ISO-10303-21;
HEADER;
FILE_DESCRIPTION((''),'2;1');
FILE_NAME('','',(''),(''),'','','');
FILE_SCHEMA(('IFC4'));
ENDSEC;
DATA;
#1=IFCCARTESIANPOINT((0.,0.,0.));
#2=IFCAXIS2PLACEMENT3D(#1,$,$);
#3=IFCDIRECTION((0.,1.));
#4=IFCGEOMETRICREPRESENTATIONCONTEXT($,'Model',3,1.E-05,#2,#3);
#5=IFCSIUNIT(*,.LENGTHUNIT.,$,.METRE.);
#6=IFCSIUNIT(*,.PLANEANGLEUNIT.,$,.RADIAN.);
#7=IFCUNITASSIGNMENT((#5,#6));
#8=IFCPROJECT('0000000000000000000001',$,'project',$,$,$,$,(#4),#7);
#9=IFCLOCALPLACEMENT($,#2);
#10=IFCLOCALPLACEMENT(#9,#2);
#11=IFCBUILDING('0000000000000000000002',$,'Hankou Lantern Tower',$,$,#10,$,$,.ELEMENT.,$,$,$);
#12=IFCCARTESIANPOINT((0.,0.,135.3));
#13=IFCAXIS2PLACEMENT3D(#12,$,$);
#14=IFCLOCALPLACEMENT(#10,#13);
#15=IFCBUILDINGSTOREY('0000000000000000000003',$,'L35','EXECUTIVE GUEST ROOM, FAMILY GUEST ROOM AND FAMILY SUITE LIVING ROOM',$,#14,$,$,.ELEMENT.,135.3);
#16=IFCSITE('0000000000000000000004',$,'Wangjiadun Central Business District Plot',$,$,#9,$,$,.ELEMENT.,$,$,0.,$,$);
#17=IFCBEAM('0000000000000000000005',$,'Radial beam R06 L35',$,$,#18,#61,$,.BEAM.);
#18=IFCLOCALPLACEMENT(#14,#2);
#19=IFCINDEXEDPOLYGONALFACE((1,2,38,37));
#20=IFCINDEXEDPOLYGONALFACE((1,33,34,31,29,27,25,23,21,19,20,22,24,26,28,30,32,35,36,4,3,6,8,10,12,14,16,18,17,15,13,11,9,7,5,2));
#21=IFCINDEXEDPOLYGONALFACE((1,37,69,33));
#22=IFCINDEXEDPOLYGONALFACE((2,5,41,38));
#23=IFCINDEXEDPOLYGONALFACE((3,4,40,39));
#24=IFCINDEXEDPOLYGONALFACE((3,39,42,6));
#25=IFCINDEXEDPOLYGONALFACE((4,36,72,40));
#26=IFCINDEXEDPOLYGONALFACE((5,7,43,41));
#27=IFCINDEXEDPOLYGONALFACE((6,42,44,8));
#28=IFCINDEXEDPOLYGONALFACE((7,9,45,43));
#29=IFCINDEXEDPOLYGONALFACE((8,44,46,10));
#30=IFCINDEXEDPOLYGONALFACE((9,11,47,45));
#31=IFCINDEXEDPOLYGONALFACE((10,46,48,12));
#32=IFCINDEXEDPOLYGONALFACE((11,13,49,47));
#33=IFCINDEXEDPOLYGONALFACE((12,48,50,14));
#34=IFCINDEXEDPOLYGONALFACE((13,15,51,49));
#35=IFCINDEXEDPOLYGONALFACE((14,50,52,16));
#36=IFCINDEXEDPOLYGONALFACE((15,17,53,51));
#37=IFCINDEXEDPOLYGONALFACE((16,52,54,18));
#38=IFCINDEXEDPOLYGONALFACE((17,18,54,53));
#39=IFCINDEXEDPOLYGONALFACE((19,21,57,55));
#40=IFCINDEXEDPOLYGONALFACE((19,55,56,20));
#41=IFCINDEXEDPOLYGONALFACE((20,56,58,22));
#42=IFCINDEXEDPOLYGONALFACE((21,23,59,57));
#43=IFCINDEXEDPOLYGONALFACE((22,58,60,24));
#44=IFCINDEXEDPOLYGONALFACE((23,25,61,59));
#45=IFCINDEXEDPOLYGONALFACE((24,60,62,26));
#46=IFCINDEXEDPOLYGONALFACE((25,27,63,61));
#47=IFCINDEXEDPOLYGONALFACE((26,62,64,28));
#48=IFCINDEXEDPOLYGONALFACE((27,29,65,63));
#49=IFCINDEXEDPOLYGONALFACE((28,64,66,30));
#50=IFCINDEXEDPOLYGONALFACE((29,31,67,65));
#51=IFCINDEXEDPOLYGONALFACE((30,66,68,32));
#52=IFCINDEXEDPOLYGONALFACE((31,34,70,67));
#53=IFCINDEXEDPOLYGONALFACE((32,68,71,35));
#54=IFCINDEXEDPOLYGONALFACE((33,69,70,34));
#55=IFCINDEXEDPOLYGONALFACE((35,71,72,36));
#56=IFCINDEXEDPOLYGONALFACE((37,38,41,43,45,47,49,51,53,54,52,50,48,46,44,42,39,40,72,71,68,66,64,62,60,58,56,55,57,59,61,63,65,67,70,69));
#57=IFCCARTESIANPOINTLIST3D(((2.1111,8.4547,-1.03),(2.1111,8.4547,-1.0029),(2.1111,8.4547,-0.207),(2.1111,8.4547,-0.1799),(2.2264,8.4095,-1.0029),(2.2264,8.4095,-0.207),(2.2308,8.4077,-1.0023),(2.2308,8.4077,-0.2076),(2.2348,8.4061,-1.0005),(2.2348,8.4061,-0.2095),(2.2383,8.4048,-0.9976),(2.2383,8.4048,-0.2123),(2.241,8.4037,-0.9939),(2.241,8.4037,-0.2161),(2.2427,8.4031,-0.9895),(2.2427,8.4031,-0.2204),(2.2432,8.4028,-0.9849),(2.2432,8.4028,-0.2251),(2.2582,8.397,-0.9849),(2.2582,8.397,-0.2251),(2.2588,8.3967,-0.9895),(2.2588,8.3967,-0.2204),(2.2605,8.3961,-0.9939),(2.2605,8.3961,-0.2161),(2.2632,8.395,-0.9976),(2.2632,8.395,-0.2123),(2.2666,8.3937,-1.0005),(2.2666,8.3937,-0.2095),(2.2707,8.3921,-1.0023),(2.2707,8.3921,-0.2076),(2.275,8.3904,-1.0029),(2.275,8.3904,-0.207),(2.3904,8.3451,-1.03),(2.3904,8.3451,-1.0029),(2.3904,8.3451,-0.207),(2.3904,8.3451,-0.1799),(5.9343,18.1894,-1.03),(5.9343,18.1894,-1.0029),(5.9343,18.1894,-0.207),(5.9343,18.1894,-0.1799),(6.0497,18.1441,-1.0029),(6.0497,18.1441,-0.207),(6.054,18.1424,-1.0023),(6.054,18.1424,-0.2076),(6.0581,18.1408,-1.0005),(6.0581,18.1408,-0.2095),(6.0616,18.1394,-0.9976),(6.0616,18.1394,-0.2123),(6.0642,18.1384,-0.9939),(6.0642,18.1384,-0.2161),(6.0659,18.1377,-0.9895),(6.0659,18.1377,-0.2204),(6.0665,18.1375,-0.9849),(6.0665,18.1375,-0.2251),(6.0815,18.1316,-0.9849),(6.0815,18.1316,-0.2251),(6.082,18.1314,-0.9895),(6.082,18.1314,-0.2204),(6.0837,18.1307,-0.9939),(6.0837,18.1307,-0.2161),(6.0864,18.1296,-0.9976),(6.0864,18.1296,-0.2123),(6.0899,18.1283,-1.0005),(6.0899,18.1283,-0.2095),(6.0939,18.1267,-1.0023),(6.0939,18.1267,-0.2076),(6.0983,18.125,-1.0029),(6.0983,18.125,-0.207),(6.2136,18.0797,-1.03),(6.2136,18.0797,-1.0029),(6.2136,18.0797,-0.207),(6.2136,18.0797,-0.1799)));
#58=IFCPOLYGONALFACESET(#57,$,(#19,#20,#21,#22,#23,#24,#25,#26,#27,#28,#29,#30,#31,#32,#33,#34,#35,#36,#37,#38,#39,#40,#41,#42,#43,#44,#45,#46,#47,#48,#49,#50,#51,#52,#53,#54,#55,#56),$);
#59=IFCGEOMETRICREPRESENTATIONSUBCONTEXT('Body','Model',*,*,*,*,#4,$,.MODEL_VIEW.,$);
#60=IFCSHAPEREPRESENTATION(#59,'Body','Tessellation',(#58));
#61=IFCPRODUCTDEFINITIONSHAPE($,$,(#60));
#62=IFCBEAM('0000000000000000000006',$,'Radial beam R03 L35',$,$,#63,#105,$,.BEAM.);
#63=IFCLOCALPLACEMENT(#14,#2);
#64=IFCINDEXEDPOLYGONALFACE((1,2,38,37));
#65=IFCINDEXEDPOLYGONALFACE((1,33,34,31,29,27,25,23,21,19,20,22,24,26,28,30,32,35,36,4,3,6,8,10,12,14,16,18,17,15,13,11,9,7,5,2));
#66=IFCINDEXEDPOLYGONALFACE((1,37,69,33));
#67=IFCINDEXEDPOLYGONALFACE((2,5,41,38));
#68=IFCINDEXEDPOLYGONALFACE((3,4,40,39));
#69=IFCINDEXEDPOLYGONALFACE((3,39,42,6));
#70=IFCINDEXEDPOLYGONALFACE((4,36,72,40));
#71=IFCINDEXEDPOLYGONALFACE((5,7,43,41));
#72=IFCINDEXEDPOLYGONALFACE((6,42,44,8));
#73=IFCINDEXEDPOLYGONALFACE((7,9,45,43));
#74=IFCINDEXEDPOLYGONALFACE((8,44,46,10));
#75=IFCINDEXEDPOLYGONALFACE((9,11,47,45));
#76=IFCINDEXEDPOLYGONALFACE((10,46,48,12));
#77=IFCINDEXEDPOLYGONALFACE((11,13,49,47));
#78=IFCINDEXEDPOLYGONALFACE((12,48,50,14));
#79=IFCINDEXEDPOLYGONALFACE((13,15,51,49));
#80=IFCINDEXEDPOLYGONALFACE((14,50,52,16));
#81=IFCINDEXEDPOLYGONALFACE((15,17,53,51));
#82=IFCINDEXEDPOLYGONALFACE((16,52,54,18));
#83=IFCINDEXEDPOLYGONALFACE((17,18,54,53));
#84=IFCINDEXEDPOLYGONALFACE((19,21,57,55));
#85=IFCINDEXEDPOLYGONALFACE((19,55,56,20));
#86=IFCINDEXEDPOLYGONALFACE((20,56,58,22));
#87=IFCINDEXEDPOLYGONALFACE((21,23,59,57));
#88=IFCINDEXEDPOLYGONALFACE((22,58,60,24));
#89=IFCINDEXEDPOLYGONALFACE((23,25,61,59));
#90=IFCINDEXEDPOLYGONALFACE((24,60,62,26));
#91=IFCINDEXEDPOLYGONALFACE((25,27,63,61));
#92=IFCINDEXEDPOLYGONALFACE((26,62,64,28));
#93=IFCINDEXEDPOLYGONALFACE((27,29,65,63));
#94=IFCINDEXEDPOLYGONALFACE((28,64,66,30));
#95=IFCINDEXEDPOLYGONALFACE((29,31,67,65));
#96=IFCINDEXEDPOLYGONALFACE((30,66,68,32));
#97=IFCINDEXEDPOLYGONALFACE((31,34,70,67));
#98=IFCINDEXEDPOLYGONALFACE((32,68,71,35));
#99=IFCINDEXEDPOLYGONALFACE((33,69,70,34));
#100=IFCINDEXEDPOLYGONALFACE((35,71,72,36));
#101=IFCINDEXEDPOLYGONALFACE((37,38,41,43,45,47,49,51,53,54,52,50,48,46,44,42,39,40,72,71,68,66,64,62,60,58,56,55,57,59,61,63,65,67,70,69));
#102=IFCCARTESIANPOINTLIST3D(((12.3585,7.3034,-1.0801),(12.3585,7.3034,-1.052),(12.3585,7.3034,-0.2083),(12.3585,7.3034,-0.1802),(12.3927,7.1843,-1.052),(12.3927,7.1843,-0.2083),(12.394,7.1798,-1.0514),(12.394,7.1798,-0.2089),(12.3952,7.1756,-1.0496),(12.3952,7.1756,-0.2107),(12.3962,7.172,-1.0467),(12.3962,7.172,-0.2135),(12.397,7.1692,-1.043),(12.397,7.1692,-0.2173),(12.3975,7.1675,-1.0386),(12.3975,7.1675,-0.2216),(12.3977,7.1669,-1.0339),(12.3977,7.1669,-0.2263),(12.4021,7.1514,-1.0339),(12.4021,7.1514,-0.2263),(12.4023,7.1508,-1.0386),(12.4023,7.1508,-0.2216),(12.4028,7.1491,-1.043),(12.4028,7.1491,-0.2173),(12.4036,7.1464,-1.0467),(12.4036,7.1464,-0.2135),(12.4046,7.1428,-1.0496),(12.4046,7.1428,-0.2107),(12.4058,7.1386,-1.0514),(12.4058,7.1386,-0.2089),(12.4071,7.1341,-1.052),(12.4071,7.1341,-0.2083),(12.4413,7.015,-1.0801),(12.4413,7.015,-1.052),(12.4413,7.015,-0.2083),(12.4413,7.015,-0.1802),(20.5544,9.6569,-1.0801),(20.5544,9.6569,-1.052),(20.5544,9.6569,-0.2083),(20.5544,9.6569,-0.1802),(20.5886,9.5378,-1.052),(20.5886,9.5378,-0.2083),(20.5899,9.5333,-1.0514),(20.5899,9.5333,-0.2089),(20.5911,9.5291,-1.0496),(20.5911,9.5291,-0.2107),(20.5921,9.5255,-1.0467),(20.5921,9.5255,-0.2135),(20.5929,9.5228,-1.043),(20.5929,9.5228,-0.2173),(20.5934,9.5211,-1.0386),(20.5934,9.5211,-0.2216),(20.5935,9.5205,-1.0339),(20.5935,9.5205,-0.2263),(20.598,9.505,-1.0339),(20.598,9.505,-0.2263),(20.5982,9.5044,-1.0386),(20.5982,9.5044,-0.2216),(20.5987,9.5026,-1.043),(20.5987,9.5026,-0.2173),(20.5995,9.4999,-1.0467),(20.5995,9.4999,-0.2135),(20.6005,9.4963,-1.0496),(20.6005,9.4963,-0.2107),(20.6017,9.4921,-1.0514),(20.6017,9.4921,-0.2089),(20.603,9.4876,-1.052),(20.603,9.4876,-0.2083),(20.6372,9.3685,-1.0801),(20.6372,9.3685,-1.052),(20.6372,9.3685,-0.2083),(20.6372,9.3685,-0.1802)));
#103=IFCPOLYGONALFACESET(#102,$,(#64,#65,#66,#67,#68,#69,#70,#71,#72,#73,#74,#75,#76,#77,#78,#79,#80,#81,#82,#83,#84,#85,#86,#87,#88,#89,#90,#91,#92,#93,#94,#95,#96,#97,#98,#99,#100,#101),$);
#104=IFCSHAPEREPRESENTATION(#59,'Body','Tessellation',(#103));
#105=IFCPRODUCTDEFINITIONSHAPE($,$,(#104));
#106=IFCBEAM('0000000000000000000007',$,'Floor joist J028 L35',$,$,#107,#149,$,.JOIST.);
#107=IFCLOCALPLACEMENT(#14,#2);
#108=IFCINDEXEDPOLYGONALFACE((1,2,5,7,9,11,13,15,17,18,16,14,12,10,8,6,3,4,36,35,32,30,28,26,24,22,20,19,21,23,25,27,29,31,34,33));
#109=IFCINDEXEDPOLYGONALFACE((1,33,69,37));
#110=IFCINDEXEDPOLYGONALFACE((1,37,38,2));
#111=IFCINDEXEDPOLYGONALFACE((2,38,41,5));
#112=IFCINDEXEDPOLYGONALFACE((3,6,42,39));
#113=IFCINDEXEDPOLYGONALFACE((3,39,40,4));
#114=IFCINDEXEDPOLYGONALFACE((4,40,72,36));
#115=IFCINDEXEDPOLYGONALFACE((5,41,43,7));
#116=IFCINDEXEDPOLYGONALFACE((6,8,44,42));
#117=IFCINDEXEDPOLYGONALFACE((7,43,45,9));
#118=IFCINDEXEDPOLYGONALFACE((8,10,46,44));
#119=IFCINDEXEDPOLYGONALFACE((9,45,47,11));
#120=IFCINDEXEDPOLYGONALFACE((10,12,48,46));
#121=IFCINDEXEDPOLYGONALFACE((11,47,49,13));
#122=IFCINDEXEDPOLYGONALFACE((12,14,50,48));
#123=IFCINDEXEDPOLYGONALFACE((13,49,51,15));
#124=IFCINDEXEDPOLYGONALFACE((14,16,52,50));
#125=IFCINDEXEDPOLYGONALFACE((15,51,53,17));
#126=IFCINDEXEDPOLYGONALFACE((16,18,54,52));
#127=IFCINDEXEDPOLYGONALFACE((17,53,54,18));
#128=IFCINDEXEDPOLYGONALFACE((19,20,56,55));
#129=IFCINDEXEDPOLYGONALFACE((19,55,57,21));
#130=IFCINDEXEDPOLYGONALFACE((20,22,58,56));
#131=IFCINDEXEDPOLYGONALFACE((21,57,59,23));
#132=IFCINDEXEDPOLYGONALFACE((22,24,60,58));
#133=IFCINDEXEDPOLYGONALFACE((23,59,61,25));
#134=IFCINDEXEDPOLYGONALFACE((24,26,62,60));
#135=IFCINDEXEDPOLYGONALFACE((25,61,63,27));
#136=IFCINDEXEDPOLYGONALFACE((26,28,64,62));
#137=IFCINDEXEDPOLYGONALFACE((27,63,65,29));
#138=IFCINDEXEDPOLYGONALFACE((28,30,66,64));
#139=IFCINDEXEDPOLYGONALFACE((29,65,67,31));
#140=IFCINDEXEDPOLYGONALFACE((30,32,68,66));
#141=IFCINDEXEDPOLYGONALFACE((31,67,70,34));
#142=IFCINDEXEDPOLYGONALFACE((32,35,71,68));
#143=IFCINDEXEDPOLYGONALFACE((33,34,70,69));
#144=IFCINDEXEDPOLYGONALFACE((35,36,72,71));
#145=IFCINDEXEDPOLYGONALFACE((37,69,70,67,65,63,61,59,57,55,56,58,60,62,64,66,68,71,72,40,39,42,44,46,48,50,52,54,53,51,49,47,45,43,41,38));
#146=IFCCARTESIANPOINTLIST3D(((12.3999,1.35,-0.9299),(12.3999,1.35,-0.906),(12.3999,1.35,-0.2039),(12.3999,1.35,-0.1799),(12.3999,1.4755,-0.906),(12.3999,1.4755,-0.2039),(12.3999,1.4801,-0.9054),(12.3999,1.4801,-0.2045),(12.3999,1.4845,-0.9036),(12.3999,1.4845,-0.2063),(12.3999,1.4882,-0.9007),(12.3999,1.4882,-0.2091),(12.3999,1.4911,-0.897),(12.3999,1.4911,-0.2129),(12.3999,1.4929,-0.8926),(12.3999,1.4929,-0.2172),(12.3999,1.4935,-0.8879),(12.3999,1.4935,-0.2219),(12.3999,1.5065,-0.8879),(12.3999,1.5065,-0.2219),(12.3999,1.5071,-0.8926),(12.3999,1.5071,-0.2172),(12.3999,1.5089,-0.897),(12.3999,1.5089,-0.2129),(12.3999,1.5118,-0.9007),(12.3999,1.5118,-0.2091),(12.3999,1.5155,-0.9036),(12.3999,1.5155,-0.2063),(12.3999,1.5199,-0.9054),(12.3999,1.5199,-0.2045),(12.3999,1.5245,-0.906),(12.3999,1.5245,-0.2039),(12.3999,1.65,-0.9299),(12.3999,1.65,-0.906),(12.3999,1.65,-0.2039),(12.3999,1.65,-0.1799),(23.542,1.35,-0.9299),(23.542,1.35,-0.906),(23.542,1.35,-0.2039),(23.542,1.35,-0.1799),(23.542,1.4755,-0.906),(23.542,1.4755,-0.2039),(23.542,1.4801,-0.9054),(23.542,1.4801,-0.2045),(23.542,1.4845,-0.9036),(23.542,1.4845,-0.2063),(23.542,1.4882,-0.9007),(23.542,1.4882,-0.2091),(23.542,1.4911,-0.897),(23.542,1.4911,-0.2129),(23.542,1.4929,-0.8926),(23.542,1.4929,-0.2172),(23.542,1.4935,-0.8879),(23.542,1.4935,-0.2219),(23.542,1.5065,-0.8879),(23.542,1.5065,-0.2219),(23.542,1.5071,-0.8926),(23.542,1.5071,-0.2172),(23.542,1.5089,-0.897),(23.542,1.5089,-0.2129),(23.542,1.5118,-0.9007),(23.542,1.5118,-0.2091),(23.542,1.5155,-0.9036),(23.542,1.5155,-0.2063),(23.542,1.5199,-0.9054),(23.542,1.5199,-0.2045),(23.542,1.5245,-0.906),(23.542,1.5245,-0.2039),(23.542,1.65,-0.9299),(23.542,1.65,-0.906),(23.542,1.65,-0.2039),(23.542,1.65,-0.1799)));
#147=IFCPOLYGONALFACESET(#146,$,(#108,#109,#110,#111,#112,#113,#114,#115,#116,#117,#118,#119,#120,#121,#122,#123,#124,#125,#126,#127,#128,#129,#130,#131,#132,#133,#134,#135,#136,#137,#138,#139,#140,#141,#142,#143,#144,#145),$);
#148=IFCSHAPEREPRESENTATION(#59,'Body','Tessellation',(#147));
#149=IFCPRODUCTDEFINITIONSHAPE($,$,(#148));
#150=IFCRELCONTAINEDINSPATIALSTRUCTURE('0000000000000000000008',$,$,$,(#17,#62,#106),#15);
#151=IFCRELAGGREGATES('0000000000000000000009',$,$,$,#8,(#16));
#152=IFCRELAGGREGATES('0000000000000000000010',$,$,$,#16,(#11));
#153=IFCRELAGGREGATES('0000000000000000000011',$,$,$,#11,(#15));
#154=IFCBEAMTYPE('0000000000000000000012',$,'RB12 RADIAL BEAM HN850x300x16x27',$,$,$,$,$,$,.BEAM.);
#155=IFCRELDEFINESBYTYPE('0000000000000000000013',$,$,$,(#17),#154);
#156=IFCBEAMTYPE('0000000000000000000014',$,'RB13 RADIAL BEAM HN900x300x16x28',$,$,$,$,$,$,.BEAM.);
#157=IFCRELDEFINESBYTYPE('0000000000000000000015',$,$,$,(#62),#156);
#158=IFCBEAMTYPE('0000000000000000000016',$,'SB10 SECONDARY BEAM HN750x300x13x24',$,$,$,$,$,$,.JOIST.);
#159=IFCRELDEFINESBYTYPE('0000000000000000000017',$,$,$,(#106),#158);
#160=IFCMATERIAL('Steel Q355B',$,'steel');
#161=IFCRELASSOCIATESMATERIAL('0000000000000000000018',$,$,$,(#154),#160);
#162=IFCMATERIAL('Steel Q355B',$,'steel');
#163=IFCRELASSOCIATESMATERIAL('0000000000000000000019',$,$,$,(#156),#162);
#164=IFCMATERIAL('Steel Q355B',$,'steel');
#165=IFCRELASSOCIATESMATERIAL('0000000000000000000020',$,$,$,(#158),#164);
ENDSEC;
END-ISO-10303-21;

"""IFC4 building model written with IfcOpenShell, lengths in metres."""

from ifc_helpers import new_model, si_unit, direction, frame, origin, origin_2d, place, context, subcontext, project, spatial, i_section, extrude, material, material_profile, profile_set, type_object, element, save


model = new_model("IFC4")

# Units and contexts
model_context = context("Model", 3, precision=1e-05, world=origin(), true_north=direction((0.0, 1.0)))
body_context = subcontext(model_context, "Body", "Model", "MODEL_VIEW")
ifc_project = project(units=[si_unit("LENGTHUNIT", "METRE"), si_unit("PLANEANGLEUNIT", "RADIAN")], contexts=[model_context])

# Site, building, storey
site_placement = place(None, origin())
site = spatial("IfcSite", under=ifc_project, at=site_placement, Name="Wangjiadun Central Business District Plot", CompositionType="ELEMENT", RefElevation=0.0)
building_placement = place(site_placement, origin())
building = spatial("IfcBuilding", under=site, at=building_placement, Name="Hankou Lantern Tower", CompositionType="ELEMENT")
storey_placement = place(building_placement, frame((0.0, 0.0, 135.3)))
storey = spatial("IfcBuildingStorey", under=building, at=storey_placement, Name="L35", Description="EXECUTIVE GUEST ROOM, FAMILY GUEST ROOM AND FAMILY SUITE LIVING ROOM", CompositionType="ELEMENT", Elevation=135.3)

# Beams
ifc_material_1 = material(Name="Steel Q355B", Category="steel")
ifc_material_profile_1 = material_profile(ifc_material_1, i_section(OverallWidth=0.3, OverallDepth=0.8501, WebThickness=0.0161, FlangeThickness=0.0271, FilletRadius=0.0181, at=origin_2d()), Name="HN850x300x16x27")
ifc_profile_set_1 = profile_set([ifc_material_profile_1], Name="Steel Q355B")
beam_type_1 = type_object("IfcBeamType", Name="RB12 RADIAL BEAM HN850x300x16x27", PredefinedType="BEAM", material=ifc_profile_set_1)
beam_1_placement = place(storey_placement, frame((2.2507, 8.3999, -0.605), z_axis=(0.365564, 0.930786, 0.0), x_axis=(-0.930786, 0.365564, 0.0)))
element("IfcBeam", 1, at=beam_1_placement, inside=storey, type_object=beam_type_1, Name="Radial beam R06 L35", PredefinedType="BEAM", context=body_context, shape_type="SweptSolid", body=[
    extrude(i_section(OverallWidth=0.3, OverallDepth=0.8501, WebThickness=0.0161, FlangeThickness=0.0271, FilletRadius=0.0181, at=origin_2d()), origin(), (0.0, 0.0, 1.0), 10.4585),
])
ifc_material_2 = material(Name="Steel Q355B", Category="steel")
ifc_material_profile_2 = material_profile(ifc_material_2, i_section(OverallWidth=0.3, OverallDepth=0.8999, WebThickness=0.0161, FlangeThickness=0.0281, FilletRadius=0.0181, at=origin_2d()), Name="HN900x300x16x28")
ifc_profile_set_2 = profile_set([ifc_material_profile_2], Name="Steel Q355B")
beam_type_2 = type_object("IfcBeamType", Name="RB13 RADIAL BEAM HN900x300x16x28", PredefinedType="BEAM", material=ifc_profile_set_2)
beam_2_placement = place(storey_placement, frame((12.3999, 7.1592, -0.6301), z_axis=(0.961156, 0.276007, 0.0), x_axis=(-0.276007, 0.961156, 0.0)))
element("IfcBeam", 2, at=beam_2_placement, inside=storey, type_object=beam_type_2, Name="Radial beam R03 L35", PredefinedType="BEAM", context=body_context, shape_type="SweptSolid", body=[
    extrude(i_section(OverallWidth=0.3, OverallDepth=0.8999, WebThickness=0.0161, FlangeThickness=0.0281, FilletRadius=0.0181, at=origin_2d()), origin(), (0.0, 0.0, 1.0), 8.5271),
])
ifc_material_3 = material(Name="Steel Q355B", Category="steel")
ifc_material_profile_3 = material_profile(ifc_material_3, i_section(OverallWidth=0.3, OverallDepth=0.75, WebThickness=0.0129, FlangeThickness=0.0239, FilletRadius=0.0181, at=origin_2d()), Name="HN750x300x13x24")
ifc_profile_set_3 = profile_set([ifc_material_profile_3], Name="Steel Q355B")
beam_type_3 = type_object("IfcBeamType", Name="SB10 SECONDARY BEAM HN750x300x13x24", PredefinedType="JOIST", material=ifc_profile_set_3)
beam_3_placement = place(storey_placement, frame((12.3999, 1.5, -0.5549), z_axis=(1.0, 0.0, 0.0), x_axis=(0.0, 1.0, 0.0)))
element("IfcBeam", 3, at=beam_3_placement, inside=storey, type_object=beam_type_3, Name="Floor joist J028 L35", PredefinedType="JOIST", context=body_context, shape_type="SweptSolid", body=[
    extrude(i_section(OverallWidth=0.3, OverallDepth=0.75, WebThickness=0.0129, FlangeThickness=0.0239, FilletRadius=0.0181, at=origin_2d()), origin(), (0.0, 0.0, 1.0), 11.1421),
])

save(model, "model.ifc")
